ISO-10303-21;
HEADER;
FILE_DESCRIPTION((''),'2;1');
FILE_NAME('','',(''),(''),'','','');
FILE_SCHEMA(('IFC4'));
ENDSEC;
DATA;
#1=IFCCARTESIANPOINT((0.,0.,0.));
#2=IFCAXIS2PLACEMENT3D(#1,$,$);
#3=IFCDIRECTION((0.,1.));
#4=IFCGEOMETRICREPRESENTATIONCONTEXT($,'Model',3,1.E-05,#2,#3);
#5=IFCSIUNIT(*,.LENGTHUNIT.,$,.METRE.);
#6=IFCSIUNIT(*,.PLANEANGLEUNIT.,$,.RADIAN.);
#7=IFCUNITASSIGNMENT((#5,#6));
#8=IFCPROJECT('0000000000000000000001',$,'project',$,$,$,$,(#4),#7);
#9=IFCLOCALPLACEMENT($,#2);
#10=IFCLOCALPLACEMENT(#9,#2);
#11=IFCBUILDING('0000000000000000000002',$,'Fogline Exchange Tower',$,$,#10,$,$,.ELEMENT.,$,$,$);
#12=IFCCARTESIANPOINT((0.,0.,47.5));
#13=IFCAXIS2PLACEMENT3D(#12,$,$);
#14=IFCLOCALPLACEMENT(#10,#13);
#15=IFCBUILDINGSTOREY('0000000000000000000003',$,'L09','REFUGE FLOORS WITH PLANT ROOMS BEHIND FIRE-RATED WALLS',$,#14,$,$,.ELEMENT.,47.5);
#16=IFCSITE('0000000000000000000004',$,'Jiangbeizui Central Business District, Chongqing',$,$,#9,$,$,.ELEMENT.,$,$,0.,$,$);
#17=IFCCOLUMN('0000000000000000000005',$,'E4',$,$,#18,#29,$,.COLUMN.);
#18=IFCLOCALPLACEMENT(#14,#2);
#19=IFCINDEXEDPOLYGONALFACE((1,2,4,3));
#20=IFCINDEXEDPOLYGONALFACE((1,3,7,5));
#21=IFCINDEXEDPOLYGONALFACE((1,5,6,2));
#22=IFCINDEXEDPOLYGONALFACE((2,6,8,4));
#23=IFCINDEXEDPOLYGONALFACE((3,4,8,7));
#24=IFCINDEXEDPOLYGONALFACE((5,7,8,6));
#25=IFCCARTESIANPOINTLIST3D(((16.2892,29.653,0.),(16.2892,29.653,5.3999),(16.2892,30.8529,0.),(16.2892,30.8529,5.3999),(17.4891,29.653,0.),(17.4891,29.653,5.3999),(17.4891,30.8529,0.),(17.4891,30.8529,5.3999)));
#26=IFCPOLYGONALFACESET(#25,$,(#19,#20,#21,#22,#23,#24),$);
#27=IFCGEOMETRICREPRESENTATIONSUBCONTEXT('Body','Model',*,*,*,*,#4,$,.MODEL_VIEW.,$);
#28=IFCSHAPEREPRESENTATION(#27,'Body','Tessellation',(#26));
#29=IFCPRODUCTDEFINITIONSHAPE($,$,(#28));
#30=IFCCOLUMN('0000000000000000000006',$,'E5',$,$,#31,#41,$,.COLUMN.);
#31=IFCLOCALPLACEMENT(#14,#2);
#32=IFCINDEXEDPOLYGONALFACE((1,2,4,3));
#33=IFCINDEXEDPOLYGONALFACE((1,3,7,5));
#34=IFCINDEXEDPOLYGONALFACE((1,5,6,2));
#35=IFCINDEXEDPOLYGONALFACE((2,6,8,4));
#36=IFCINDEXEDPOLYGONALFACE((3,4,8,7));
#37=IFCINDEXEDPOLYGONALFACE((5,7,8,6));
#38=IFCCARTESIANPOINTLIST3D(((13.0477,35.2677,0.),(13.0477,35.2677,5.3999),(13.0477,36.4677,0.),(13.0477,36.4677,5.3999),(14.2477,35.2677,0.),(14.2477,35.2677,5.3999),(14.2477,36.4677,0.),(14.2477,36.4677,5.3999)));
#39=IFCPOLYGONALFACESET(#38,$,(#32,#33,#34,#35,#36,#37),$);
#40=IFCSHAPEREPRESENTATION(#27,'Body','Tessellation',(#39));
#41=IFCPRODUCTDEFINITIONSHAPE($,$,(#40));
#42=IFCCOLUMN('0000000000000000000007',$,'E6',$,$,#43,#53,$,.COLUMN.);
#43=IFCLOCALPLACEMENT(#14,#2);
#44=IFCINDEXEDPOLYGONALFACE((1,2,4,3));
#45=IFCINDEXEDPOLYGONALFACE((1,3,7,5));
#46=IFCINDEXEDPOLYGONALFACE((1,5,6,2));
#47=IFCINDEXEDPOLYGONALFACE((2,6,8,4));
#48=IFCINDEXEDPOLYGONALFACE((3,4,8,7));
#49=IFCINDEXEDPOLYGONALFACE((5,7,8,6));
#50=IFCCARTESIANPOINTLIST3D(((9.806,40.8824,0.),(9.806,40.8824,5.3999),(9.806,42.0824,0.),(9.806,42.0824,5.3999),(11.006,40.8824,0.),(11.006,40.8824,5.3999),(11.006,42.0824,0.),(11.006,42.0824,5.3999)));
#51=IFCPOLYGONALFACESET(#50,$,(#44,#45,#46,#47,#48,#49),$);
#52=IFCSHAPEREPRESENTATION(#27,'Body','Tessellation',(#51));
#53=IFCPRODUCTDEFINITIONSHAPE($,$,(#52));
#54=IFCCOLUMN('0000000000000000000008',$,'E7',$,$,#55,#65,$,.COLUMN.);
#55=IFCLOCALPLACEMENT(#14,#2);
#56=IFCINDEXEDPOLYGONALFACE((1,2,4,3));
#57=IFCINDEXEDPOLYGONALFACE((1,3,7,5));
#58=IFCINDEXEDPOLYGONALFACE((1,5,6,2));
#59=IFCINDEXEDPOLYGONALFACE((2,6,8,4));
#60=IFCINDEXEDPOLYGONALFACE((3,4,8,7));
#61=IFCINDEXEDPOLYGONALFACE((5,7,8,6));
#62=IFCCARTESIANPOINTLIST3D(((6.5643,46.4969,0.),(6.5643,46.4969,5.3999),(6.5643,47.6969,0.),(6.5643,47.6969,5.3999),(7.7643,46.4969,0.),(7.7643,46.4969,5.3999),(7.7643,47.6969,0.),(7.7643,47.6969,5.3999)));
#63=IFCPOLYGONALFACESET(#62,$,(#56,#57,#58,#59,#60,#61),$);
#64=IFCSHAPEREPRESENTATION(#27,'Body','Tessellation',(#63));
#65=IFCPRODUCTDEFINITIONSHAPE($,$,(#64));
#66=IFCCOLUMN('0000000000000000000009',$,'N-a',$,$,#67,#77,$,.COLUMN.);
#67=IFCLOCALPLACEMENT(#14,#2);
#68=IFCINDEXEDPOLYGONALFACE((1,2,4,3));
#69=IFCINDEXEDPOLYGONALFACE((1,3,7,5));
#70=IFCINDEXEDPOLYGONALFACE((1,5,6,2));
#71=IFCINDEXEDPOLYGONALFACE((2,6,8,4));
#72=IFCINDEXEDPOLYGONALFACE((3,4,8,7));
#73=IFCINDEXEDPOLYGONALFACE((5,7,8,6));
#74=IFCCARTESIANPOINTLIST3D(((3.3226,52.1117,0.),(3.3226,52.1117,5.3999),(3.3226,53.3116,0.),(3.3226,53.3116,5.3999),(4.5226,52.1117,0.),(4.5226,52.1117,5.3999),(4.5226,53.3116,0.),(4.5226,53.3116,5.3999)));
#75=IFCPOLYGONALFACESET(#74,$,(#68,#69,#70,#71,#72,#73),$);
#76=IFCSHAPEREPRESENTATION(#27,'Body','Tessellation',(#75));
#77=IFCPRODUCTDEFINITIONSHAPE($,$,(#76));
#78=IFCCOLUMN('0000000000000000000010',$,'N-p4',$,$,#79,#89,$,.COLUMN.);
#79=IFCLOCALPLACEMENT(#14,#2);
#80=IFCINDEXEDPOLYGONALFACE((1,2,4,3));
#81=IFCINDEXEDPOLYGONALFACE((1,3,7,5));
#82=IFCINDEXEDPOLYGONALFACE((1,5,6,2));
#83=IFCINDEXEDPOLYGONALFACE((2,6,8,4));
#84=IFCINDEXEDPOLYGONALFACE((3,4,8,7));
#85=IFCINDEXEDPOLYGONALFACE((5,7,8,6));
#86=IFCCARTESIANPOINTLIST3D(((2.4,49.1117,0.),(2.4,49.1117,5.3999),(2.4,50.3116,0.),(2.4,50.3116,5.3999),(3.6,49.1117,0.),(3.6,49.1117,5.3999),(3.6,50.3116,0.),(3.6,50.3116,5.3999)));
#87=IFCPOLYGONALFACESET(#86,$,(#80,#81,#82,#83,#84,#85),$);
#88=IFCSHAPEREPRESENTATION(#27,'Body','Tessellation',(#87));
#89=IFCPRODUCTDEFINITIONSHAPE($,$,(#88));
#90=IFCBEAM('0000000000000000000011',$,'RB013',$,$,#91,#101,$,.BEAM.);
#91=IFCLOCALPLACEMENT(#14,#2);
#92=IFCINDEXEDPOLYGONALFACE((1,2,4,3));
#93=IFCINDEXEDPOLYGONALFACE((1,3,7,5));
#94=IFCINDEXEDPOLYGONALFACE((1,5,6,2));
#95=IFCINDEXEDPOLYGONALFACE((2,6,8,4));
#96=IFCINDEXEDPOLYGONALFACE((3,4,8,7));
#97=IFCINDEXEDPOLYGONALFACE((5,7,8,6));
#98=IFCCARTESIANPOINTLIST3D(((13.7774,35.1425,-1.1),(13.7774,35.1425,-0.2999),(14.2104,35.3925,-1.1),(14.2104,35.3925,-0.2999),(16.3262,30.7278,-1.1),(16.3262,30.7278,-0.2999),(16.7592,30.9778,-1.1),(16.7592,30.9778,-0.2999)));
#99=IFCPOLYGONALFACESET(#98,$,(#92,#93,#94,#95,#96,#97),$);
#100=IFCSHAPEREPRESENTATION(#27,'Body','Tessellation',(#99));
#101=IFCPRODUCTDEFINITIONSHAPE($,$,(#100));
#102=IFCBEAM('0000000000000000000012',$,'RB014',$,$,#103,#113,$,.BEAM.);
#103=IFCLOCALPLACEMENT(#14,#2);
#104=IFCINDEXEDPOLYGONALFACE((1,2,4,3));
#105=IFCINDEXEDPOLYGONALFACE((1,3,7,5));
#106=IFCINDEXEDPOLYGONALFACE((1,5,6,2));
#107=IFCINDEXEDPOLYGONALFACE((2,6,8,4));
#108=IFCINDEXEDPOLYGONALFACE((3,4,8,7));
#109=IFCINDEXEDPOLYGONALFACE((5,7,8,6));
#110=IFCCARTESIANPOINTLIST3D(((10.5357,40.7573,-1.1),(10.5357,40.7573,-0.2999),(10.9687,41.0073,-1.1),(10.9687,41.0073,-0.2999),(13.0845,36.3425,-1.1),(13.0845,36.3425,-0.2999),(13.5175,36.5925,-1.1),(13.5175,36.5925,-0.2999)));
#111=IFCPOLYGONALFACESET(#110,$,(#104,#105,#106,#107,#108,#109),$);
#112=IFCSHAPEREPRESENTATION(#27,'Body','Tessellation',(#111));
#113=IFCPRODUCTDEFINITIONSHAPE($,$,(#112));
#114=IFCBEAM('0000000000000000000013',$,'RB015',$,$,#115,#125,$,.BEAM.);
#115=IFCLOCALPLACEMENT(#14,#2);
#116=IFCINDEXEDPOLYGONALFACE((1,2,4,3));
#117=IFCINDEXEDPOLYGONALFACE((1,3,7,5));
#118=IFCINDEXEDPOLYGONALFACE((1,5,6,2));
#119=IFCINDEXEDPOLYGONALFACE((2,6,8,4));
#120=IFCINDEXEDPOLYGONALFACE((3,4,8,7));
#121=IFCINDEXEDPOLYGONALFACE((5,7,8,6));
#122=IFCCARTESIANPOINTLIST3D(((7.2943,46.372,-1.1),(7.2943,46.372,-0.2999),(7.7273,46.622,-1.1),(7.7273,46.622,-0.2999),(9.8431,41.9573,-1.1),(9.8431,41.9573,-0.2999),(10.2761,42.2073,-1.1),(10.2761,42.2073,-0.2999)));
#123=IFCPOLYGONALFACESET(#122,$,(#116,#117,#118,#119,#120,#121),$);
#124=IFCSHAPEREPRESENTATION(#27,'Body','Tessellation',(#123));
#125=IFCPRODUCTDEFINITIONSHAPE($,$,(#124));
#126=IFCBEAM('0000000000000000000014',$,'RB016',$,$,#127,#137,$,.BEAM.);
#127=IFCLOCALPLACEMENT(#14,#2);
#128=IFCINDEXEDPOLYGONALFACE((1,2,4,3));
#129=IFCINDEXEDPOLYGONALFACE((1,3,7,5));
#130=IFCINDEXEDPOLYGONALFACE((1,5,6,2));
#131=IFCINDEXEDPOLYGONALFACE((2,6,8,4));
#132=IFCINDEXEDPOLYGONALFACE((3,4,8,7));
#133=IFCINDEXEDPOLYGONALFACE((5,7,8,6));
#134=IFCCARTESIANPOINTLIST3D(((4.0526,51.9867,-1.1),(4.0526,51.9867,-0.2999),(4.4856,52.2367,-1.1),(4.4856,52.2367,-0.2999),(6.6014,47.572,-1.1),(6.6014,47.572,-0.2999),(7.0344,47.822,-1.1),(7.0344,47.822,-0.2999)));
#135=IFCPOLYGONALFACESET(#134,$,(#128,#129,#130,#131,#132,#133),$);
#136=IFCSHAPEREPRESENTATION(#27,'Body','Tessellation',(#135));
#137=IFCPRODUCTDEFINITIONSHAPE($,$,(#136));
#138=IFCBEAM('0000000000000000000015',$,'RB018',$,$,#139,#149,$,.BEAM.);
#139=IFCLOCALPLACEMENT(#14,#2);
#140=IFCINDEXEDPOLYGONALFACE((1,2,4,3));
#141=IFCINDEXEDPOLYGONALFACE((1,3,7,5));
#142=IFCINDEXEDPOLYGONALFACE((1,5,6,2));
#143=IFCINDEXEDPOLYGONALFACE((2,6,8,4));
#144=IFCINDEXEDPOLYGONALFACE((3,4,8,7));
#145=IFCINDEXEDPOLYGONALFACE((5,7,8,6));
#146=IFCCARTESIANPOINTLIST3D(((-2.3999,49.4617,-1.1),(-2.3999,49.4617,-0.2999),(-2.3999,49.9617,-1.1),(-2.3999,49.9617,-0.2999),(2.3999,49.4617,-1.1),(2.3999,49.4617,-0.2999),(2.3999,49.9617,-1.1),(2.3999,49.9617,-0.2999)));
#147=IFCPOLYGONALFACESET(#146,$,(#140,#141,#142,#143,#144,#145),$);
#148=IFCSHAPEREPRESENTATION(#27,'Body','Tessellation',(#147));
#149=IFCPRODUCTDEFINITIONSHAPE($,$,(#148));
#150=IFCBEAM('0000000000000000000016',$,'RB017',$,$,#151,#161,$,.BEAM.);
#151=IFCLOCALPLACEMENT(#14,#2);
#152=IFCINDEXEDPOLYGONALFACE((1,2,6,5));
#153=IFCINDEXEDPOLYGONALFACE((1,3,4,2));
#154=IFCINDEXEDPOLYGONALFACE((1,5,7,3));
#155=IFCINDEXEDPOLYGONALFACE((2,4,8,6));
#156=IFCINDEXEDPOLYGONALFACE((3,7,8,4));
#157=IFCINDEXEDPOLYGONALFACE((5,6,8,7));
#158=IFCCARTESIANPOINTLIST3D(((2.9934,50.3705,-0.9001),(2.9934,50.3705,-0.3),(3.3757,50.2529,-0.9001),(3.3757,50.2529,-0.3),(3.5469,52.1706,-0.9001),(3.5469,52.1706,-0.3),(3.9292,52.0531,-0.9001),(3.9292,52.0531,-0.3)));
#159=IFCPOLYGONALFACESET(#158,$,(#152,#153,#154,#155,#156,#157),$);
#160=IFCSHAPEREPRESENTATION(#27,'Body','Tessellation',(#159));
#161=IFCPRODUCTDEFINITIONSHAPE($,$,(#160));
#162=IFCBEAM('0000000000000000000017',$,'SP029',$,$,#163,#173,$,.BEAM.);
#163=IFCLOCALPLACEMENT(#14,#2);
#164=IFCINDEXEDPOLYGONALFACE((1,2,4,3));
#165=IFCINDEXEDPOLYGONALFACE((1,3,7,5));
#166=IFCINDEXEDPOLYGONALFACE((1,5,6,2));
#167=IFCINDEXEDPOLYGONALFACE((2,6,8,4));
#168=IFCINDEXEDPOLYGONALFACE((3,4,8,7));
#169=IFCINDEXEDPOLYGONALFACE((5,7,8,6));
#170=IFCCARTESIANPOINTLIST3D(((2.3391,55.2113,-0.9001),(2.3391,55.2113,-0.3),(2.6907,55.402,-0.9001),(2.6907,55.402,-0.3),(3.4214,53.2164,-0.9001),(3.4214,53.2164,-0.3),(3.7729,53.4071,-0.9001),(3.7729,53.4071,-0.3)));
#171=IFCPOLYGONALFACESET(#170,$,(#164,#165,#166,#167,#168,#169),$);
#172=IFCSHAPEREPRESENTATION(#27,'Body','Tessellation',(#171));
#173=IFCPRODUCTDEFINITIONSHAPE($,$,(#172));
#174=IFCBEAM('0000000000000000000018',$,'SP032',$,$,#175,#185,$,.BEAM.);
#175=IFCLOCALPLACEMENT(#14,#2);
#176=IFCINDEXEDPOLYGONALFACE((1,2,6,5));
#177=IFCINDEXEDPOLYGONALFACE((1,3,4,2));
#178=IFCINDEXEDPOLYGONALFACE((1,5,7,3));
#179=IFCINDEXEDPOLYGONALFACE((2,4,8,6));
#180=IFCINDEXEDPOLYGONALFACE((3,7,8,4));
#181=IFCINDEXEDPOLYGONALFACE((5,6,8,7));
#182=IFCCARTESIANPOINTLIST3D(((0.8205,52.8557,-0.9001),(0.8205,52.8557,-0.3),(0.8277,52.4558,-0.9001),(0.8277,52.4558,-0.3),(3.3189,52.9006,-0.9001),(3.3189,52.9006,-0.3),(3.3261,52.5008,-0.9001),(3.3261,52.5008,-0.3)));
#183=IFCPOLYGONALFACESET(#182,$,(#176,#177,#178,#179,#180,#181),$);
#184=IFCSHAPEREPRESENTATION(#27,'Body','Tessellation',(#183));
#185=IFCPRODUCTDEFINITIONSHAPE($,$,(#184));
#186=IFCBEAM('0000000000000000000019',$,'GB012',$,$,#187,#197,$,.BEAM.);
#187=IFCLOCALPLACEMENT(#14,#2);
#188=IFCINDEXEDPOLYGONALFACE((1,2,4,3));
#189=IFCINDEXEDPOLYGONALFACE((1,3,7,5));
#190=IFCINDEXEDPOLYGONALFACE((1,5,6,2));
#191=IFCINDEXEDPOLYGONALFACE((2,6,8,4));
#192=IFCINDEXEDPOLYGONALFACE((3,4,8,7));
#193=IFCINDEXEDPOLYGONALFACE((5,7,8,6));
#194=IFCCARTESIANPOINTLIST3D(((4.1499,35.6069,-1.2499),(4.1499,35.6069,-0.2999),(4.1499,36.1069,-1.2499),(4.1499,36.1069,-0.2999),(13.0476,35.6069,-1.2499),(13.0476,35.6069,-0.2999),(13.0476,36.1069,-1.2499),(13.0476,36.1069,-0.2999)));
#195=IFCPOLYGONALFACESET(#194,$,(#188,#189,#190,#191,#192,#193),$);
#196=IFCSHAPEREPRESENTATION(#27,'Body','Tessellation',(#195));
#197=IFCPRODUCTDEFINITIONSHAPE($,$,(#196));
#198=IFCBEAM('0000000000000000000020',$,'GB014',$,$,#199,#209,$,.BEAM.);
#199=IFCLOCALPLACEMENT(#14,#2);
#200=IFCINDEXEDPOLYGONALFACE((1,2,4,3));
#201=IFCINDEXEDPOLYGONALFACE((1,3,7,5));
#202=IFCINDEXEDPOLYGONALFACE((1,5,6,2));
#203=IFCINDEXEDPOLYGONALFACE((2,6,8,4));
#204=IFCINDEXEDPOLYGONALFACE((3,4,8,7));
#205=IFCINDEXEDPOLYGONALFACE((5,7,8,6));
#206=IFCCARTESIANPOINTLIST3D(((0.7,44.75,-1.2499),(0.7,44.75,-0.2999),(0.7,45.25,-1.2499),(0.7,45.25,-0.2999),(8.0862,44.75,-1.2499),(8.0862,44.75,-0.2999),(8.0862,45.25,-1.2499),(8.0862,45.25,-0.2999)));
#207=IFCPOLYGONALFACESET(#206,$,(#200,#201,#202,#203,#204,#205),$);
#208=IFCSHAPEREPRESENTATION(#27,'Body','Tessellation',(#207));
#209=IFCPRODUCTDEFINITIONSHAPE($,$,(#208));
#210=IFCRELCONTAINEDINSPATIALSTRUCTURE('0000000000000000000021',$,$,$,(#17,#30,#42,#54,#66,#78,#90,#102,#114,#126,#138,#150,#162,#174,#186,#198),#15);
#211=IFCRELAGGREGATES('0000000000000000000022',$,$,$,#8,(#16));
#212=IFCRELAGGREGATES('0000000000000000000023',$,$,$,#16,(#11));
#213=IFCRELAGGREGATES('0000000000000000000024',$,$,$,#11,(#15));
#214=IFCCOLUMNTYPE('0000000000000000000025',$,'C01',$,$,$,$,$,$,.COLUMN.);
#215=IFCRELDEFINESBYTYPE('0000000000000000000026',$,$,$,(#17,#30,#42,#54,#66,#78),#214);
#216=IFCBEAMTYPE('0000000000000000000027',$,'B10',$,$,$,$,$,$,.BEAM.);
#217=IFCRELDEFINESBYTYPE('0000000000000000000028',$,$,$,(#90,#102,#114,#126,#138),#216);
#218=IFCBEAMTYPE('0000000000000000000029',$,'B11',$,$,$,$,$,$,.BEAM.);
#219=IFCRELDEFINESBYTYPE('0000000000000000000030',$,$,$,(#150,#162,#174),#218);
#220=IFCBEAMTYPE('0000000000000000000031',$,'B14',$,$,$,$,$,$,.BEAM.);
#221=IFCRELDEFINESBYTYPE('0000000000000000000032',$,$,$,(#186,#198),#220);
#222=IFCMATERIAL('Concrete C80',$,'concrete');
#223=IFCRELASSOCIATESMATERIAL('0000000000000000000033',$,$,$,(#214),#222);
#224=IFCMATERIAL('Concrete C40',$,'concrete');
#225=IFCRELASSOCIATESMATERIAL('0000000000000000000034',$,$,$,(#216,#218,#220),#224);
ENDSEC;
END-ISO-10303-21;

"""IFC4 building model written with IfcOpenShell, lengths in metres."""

from ifc_helpers import new_model, si_unit, direction, frame, origin, origin_2d, place, context, subcontext, project, spatial, rectangle, extrude, material, material_profile, profile_set, type_object, element, save


model = new_model("IFC4")

# Units and contexts
model_context = context("Model", 3, precision=1e-05, world=origin(), true_north=direction((0.0, 1.0)))
body_context = subcontext(model_context, "Body", "Model", "MODEL_VIEW")
ifc_project = project(units=[si_unit("LENGTHUNIT", "METRE"), si_unit("PLANEANGLEUNIT", "RADIAN")], contexts=[model_context])

# Site, building, storey
site_placement = place(None, origin())
site = spatial("IfcSite", under=ifc_project, at=site_placement, Name="Jiangbeizui Central Business District, Chongqing", CompositionType="ELEMENT", RefElevation=0.0)
building_placement = place(site_placement, origin())
building = spatial("IfcBuilding", under=site, at=building_placement, Name="Fogline Exchange Tower", CompositionType="ELEMENT")
storey_placement = place(building_placement, frame((0.0, 0.0, 47.5)))
storey = spatial("IfcBuildingStorey", under=building, at=storey_placement, Name="L09", Description="REFUGE FLOORS WITH PLANT ROOMS BEHIND FIRE-RATED WALLS", CompositionType="ELEMENT", Elevation=47.5)

# Columns
ifc_material_1 = material(Name="Concrete C80", Category="concrete")
ifc_material_profile_1 = material_profile(ifc_material_1, rectangle(XDim=1.2, YDim=1.2, at=origin_2d()), Name="RC 1200x1200")
ifc_profile_set_1 = profile_set([ifc_material_profile_1], Name="Concrete C80")
column_type = type_object("IfcColumnType", Name="C01", PredefinedType="COLUMN", material=ifc_profile_set_1)
for number, where, z_axis, x_axis, name in (
    (1, (16.8892, 30.2529, 0.0), (0.0, 0.0, 1.0), (1.0, 0.0, 0.0), "E4"),
    (2, (13.6477, 35.8677, 0.0), (0.0, 0.0, 1.0), (1.0, 0.0, 0.0), "E5"),
    (3, (10.406, 41.4824, 0.0), (0.0, 0.0, 1.0), (1.0, 0.0, 0.0), "E6"),
    (4, (7.1643, 47.0969, 0.0), (0.0, 0.0, 1.0), (1.0, 0.0, 0.0), "E7"),
    (5, (3.9226, 52.7117, 0.0), (0.0, 0.0, 1.0), (1.0, 0.0, 0.0), "N-a"),
    (6, (3.0, 49.7117, 0.0), (0.0, 0.0, 1.0), (1.0, 0.0, 0.0), "N-p4"),
):
    element("IfcColumn", number, at=place(storey_placement, frame(where, z_axis=z_axis, x_axis=x_axis)), inside=storey, type_object=column_type, Name=name, PredefinedType="COLUMN", context=body_context, shape_type="SweptSolid", body=[
        extrude(rectangle(XDim=1.2, YDim=1.2, at=origin_2d()), origin(), (0.0, 0.0, 1.0), 5.3999),
    ])

# Beams
ifc_material_2 = material(Name="Concrete C40", Category="concrete")
ifc_material_profile_2 = material_profile(ifc_material_2, rectangle(XDim=0.5, YDim=0.8, at=origin_2d()), Name="RC 500x800")
ifc_profile_set_2 = profile_set([ifc_material_profile_2], Name="Concrete C40")
beam_type_1 = type_object("IfcBeamType", Name="B10", PredefinedType="BEAM", material=ifc_profile_set_2)
for number, where, z_axis, x_axis, name in (
    (7, (16.5427, 30.8528, -0.7), (-0.499992, 0.86603, 0.0), (-0.86603, -0.499992, 0.0), "RB013"),
    (8, (13.301, 36.4675, -0.7), (-0.499992, 0.86603, 0.0), (-0.86603, -0.499992, 0.0), "RB014"),
    (9, (10.0596, 42.0823, -0.7), (-0.499992, 0.86603, 0.0), (-0.86603, -0.499992, 0.0), "RB015"),
    (10, (6.8179, 47.697, -0.7), (-0.499992, 0.86603, 0.0), (-0.86603, -0.499992, 0.0), "RB016"),
):
    element("IfcBeam", number, at=place(storey_placement, frame(where, z_axis=z_axis, x_axis=x_axis)), inside=storey, type_object=beam_type_1, Name=name, PredefinedType="BEAM", context=body_context, shape_type="SweptSolid", body=[
        extrude(rectangle(XDim=0.5, YDim=0.8, at=origin_2d()), origin(), (0.0, 0.0, 1.0), 5.0977),
    ])
beam_1_placement = place(storey_placement, frame((2.3999, 49.7117, -0.7), z_axis=(-1.0, 0.0, 0.0), x_axis=(0.0, -1.0, 0.0)))
element("IfcBeam", 11, at=beam_1_placement, inside=storey, type_object=beam_type_1, Name="RB018", PredefinedType="BEAM", context=body_context, shape_type="SweptSolid", body=[
    extrude(rectangle(XDim=0.5, YDim=0.8, at=origin_2d()), origin(), (0.0, 0.0, 1.0), 4.7998),
])
ifc_material_profile_3 = material_profile(ifc_material_2, rectangle(XDim=0.3999, YDim=0.6001, at=origin_2d()), Name="RC 400x600")
ifc_profile_set_3 = profile_set([ifc_material_profile_3], Name="Concrete C40")
beam_type_2 = type_object("IfcBeamType", Name="B11", PredefinedType="BEAM", material=ifc_profile_set_3)
beam_2_placement = place(storey_placement, frame((3.738, 52.1118, -0.6001), z_axis=(-0.293895, -0.955838, 0.0), x_axis=(0.955838, -0.293895, 0.0)))
element("IfcBeam", 12, at=beam_2_placement, inside=storey, type_object=beam_type_2, Name="RB017", PredefinedType="BEAM", context=body_context, shape_type="SweptSolid", body=[
    extrude(rectangle(XDim=0.3999, YDim=0.6001, at=origin_2d()), origin(), (0.0, 0.0, 1.0), 1.8833),
])
beam_3_placement = place(storey_placement, frame((3.5972, 53.3118, -0.6001), z_axis=(-0.476869, 0.878975, 0.0), x_axis=(-0.878975, -0.476869, 0.0)))
element("IfcBeam", 13, at=beam_3_placement, inside=storey, type_object=beam_type_2, Name="SP029", PredefinedType="BEAM", context=body_context, shape_type="SweptSolid", body=[
    extrude(rectangle(XDim=0.3999, YDim=0.6001, at=origin_2d()), origin(), (0.0, 0.0, 1.0), 2.2695),
])
beam_4_placement = place(storey_placement, frame((3.3225, 52.7007, -0.6001), z_axis=(-0.999838, -0.017978, 0.0), x_axis=(0.017978, -0.999838, 0.0)))
element("IfcBeam", 14, at=beam_4_placement, inside=storey, type_object=beam_type_2, Name="SP032", PredefinedType="BEAM", context=body_context, shape_type="SweptSolid", body=[
    extrude(rectangle(XDim=0.3999, YDim=0.6001, at=origin_2d()), origin(), (0.0, 0.0, 1.0), 2.4988),
])
ifc_material_profile_4 = material_profile(ifc_material_2, rectangle(XDim=0.5, YDim=0.95, at=origin_2d()), Name="RC 500x950")
ifc_profile_set_4 = profile_set([ifc_material_profile_4], Name="Concrete C40")
beam_type_3 = type_object("IfcBeamType", Name="B14", PredefinedType="BEAM", material=ifc_profile_set_4)
beam_5_placement = place(storey_placement, frame((4.1499, 35.8569, -0.7749), z_axis=(1.0, 0.0, 0.0), x_axis=(0.0, 1.0, 0.0)))
element("IfcBeam", 15, at=beam_5_placement, inside=storey, type_object=beam_type_3, Name="GB012", PredefinedType="BEAM", context=body_context, shape_type="SweptSolid", body=[
    extrude(rectangle(XDim=0.5, YDim=0.95, at=origin_2d()), origin(), (0.0, 0.0, 1.0), 8.8977),
])
beam_6_placement = place(storey_placement, frame((0.7, 45.0, -0.7749), z_axis=(1.0, 0.0, 0.0), x_axis=(0.0, 1.0, 0.0)))
element("IfcBeam", 16, at=beam_6_placement, inside=storey, type_object=beam_type_3, Name="GB014", PredefinedType="BEAM", context=body_context, shape_type="SweptSolid", body=[
    extrude(rectangle(XDim=0.5, YDim=0.95, at=origin_2d()), origin(), (0.0, 0.0, 1.0), 7.3862),
])

save(model, "model.ifc")
